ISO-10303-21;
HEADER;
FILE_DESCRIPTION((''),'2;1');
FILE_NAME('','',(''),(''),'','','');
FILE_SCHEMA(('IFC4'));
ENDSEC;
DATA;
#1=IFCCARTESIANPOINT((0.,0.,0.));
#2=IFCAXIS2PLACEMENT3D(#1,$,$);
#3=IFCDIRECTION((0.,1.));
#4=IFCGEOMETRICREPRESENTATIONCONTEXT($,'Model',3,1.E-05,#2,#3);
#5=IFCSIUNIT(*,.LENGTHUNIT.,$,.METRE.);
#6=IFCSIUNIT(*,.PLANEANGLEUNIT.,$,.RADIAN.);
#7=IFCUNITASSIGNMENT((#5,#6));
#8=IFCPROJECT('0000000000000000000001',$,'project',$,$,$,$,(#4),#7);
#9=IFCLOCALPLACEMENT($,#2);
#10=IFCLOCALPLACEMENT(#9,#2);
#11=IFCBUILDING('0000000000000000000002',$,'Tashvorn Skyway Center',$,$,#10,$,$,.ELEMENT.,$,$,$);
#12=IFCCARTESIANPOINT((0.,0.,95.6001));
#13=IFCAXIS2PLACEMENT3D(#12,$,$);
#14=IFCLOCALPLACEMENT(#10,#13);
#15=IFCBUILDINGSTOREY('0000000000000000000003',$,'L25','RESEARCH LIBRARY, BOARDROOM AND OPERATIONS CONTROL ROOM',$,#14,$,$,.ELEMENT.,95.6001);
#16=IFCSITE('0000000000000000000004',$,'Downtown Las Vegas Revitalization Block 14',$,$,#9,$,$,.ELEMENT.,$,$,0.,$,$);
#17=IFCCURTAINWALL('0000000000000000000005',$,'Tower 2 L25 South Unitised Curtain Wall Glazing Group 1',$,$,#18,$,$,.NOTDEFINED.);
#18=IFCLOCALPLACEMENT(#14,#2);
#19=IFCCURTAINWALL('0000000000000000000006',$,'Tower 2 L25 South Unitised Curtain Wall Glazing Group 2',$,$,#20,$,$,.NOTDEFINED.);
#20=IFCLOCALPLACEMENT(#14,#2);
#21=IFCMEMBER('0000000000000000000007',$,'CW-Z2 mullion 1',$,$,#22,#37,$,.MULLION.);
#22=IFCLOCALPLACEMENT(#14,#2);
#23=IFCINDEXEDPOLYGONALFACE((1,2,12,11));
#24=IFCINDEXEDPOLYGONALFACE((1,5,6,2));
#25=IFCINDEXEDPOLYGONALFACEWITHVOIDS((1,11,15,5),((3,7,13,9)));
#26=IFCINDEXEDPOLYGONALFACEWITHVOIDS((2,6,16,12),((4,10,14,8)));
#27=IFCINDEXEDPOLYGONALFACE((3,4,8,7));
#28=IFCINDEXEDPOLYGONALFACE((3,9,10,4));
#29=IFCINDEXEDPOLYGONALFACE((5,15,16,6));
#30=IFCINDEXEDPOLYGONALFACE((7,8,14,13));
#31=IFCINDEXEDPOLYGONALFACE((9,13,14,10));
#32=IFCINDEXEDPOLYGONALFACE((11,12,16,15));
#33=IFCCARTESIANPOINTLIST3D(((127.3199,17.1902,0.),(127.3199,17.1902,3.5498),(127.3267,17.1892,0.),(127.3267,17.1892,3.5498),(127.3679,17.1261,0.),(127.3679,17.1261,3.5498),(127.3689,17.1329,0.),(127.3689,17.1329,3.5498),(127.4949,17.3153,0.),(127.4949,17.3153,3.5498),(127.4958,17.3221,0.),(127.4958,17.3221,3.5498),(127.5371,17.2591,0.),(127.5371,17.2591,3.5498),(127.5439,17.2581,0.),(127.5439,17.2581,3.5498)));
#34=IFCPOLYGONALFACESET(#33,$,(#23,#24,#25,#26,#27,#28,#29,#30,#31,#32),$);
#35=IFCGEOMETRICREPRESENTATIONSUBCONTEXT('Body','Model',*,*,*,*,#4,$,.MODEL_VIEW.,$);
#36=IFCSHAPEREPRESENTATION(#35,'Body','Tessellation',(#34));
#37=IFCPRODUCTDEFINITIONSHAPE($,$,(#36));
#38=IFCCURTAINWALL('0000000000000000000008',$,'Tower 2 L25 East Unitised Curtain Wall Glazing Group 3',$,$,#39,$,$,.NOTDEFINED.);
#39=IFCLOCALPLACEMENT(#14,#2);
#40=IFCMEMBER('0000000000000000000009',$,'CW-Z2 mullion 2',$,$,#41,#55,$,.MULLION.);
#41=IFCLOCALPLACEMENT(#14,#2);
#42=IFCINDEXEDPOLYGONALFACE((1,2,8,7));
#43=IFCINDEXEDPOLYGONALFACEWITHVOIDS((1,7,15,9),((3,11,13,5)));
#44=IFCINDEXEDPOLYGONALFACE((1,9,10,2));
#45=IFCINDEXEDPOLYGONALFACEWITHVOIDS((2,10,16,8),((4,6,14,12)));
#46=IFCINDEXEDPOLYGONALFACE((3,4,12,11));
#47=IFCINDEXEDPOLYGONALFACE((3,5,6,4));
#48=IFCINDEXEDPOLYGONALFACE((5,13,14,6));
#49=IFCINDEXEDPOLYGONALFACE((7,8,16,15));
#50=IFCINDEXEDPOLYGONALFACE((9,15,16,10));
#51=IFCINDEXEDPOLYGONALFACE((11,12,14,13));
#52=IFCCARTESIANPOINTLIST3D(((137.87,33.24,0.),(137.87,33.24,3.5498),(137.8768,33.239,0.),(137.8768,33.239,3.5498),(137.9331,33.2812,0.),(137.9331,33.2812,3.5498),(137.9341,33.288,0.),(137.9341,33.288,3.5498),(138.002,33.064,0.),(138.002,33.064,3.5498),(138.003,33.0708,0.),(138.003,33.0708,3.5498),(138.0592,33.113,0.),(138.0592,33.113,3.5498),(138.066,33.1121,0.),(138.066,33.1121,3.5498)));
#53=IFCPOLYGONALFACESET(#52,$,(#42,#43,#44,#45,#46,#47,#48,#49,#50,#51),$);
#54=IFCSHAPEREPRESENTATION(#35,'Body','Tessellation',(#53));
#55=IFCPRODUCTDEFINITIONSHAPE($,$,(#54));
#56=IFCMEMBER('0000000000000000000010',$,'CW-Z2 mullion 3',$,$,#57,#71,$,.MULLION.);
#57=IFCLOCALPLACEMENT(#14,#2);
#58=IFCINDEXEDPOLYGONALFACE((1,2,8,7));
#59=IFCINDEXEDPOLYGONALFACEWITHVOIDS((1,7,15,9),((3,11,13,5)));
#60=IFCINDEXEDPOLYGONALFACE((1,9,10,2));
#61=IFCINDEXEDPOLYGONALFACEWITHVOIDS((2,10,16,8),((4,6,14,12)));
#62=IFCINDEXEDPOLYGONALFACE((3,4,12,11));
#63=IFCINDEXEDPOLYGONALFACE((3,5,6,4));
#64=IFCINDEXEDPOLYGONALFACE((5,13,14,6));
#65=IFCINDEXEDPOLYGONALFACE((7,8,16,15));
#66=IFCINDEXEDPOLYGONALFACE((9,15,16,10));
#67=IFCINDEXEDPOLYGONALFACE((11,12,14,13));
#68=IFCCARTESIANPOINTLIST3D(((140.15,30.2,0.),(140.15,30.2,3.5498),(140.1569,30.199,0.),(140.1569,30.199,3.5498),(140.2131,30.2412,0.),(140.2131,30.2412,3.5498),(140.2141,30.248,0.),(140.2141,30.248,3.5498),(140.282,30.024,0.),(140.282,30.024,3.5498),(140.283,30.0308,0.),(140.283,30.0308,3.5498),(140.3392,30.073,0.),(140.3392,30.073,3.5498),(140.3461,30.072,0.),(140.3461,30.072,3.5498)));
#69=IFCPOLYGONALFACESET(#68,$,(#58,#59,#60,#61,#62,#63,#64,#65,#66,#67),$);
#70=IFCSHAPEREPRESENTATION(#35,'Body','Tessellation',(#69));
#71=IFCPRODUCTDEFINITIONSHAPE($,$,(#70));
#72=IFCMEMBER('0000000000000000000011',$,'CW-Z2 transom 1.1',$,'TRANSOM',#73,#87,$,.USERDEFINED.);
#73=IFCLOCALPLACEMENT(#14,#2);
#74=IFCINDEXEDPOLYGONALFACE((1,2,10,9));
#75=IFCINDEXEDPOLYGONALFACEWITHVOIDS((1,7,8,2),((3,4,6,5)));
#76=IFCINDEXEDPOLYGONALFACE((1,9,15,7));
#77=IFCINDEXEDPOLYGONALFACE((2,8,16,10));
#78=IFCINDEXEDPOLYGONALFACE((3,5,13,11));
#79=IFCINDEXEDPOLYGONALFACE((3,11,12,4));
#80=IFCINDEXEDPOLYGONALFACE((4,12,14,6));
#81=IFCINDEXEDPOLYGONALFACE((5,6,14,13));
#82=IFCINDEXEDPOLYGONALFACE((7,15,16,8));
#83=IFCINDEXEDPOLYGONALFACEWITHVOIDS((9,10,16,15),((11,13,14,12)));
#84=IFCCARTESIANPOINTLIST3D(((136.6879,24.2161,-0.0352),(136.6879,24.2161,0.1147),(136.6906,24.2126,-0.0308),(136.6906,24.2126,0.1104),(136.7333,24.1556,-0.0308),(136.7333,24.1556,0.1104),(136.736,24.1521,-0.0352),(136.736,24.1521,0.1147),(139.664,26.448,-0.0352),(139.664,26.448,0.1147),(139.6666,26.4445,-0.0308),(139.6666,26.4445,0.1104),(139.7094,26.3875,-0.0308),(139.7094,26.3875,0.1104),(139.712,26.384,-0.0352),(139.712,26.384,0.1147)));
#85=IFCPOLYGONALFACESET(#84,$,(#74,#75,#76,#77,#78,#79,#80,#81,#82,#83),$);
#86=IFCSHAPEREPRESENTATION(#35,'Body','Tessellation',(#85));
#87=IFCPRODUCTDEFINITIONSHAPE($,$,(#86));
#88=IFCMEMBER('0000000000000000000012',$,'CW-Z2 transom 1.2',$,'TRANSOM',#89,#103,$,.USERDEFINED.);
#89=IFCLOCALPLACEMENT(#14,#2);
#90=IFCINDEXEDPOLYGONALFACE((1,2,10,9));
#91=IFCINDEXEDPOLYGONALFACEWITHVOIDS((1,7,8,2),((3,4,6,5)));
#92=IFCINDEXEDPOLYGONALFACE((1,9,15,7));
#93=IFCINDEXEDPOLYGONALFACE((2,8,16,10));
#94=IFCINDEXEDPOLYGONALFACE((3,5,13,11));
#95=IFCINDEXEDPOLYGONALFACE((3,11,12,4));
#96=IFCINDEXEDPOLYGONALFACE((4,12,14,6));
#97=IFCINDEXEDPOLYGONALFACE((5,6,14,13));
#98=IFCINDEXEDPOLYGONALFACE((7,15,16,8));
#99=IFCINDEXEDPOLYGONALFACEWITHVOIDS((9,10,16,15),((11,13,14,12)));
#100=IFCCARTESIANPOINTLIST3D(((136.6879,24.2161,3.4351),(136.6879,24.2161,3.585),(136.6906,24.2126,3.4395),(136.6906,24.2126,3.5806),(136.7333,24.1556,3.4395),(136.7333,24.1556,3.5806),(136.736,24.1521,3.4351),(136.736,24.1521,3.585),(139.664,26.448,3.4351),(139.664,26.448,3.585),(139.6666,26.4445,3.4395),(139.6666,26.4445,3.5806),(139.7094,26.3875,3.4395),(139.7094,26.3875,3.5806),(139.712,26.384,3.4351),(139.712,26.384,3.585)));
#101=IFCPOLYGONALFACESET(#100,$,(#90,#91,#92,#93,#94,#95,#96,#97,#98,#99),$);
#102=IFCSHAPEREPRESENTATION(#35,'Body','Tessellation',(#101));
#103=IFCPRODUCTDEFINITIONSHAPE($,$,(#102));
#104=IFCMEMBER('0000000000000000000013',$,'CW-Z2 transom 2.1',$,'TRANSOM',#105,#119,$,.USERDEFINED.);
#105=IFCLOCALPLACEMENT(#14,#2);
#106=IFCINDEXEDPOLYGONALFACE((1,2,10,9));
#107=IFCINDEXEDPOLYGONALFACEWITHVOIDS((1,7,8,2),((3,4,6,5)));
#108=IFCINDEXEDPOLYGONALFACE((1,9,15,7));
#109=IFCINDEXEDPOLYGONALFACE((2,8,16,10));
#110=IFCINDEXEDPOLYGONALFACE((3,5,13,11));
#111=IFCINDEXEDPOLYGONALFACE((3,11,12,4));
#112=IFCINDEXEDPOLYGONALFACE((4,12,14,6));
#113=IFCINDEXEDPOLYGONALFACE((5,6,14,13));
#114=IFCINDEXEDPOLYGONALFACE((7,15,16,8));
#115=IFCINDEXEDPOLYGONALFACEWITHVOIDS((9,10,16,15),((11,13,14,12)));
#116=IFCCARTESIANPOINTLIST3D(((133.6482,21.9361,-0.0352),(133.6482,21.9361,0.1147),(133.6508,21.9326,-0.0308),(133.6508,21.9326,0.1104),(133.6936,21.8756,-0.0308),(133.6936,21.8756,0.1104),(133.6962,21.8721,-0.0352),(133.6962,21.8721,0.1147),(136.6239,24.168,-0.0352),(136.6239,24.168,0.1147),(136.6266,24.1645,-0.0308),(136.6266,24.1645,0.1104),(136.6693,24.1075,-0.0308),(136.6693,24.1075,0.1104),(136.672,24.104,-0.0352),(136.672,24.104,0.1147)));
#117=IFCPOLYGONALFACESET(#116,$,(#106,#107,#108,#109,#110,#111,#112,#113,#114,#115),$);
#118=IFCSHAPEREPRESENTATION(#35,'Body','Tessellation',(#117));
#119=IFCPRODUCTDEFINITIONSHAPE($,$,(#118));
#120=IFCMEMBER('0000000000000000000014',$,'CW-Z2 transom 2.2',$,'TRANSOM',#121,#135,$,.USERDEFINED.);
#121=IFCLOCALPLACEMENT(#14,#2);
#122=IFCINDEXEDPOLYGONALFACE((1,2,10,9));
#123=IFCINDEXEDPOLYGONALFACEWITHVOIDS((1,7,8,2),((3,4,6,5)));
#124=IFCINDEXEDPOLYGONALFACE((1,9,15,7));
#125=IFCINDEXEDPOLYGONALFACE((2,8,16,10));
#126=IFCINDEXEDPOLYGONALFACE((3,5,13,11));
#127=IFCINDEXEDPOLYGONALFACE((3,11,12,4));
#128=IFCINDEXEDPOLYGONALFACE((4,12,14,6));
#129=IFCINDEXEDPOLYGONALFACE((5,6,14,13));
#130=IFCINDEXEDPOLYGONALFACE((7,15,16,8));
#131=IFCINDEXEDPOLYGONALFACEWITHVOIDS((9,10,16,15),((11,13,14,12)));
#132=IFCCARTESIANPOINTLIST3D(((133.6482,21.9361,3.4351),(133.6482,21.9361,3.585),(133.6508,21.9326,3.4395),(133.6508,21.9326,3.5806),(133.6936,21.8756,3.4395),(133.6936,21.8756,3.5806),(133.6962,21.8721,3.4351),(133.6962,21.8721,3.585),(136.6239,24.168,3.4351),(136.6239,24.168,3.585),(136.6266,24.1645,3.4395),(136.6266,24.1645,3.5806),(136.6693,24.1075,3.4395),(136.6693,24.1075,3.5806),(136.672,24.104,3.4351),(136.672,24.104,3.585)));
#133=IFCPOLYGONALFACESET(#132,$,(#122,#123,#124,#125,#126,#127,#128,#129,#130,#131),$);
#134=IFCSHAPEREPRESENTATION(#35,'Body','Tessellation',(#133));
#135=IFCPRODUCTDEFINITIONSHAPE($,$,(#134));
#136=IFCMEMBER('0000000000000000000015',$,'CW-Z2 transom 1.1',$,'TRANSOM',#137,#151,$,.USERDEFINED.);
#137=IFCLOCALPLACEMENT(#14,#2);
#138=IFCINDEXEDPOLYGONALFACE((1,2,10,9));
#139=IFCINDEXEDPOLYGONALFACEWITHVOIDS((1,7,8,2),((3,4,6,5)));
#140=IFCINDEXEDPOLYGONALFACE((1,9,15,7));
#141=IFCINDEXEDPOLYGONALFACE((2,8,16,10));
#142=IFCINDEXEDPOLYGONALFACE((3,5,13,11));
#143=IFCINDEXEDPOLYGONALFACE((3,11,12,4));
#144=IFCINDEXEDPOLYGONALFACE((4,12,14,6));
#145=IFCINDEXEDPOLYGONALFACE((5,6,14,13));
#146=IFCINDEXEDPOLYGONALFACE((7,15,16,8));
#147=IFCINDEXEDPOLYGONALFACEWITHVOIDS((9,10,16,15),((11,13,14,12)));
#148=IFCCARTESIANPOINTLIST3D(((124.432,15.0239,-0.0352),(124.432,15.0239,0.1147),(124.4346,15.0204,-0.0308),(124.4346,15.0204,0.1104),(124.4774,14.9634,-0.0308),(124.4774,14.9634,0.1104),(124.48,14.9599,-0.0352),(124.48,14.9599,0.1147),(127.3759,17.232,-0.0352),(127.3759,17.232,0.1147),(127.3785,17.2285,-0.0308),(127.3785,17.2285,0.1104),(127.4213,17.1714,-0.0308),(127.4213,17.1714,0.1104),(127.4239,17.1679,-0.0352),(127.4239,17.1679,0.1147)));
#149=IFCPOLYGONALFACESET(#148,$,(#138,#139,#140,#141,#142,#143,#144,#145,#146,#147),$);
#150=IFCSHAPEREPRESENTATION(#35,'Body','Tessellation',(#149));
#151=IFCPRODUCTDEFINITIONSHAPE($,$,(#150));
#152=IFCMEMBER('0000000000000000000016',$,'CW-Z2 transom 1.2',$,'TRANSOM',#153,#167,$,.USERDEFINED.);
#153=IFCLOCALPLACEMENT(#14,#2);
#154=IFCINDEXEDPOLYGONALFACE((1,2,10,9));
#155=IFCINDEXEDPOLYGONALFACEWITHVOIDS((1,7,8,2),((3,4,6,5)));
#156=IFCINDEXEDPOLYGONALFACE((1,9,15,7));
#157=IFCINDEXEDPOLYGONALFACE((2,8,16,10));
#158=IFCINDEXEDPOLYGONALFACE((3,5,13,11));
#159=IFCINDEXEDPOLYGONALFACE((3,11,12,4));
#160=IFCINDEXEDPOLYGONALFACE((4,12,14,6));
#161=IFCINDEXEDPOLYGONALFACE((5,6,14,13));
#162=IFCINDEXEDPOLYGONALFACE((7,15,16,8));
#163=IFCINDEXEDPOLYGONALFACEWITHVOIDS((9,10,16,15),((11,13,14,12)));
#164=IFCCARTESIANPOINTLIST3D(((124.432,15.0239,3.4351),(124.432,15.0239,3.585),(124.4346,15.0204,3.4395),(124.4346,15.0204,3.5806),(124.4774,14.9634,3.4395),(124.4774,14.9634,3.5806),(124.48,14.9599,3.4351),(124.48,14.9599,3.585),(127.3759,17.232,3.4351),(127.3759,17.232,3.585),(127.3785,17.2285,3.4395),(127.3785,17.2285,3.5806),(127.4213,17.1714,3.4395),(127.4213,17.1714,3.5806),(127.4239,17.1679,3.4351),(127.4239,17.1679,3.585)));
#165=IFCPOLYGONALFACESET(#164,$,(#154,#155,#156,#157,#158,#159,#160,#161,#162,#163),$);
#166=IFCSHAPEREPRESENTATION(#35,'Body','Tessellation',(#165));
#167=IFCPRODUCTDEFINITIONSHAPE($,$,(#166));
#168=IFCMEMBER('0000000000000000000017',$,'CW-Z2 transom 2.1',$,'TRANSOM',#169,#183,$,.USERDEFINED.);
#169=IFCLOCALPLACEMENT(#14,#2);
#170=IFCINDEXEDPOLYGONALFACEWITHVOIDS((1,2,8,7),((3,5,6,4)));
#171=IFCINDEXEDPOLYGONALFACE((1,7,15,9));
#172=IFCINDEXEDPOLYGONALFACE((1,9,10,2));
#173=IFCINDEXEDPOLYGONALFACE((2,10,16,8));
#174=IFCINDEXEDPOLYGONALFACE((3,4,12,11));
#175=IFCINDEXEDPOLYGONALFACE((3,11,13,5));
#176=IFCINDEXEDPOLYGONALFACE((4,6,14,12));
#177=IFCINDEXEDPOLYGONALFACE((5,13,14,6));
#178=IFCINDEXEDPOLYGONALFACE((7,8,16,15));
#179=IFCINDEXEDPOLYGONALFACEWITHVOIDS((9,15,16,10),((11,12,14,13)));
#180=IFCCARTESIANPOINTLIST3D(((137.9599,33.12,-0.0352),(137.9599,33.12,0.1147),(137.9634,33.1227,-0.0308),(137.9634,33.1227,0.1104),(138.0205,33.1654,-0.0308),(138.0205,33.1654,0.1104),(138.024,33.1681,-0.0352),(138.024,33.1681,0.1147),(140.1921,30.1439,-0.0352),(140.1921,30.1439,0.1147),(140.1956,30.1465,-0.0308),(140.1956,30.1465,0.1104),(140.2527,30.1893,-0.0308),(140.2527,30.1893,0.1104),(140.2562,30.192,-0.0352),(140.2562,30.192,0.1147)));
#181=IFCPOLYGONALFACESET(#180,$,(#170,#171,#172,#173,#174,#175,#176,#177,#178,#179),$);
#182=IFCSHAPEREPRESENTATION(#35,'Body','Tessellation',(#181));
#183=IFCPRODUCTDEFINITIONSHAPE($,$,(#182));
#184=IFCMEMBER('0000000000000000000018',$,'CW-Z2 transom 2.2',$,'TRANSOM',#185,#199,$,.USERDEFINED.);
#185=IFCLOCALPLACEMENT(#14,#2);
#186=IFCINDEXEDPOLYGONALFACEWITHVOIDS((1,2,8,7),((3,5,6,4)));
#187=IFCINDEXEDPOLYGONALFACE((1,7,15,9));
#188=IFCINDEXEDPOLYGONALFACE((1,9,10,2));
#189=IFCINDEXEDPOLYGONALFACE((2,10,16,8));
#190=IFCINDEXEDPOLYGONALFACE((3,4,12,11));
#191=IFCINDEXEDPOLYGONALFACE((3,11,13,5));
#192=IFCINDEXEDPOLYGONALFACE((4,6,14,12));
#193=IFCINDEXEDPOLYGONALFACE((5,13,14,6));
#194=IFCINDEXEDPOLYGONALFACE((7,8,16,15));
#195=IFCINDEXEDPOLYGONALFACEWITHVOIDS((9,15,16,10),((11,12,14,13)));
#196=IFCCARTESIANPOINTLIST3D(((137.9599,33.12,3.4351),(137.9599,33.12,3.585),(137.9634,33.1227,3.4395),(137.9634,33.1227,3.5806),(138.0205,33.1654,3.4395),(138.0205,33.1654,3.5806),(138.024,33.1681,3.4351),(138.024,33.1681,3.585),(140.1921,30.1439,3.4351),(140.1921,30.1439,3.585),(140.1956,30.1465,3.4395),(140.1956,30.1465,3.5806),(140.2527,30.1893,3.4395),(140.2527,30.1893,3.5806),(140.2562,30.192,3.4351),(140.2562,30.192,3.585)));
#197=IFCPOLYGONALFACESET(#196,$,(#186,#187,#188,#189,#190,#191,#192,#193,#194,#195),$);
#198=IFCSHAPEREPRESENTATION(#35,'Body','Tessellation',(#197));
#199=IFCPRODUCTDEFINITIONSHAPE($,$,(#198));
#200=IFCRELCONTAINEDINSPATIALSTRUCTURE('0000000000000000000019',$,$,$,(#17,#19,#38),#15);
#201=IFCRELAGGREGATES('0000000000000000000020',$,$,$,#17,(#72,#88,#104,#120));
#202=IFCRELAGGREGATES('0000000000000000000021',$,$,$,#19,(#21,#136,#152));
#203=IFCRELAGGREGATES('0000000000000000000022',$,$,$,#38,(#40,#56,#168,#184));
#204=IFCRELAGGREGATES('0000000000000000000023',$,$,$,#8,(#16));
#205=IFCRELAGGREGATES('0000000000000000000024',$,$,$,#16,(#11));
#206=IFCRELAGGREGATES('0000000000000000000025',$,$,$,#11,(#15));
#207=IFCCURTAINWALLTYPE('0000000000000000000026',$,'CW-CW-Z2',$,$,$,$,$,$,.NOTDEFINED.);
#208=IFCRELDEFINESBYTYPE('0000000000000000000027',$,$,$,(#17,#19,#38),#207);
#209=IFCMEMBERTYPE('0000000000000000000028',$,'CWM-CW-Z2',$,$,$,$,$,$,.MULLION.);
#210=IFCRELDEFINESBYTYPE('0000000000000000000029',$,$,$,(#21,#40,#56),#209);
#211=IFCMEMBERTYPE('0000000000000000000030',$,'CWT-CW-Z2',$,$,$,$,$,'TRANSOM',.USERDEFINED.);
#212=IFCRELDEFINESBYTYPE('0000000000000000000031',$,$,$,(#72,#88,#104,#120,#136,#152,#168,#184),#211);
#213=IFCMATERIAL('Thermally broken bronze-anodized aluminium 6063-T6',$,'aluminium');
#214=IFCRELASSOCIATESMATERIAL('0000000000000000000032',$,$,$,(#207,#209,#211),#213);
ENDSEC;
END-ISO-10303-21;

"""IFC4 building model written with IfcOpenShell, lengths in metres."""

from ifc_helpers import new_model, si_unit, direction, frame, origin, origin_2d, place, context, subcontext, project, spatial, hollow_rectangle, extrude, material, material_profile, profile_set, type_object, element, aggregate, save


model = new_model("IFC4")

# Units and contexts
model_context = context("Model", 3, precision=1e-05, world=origin(), true_north=direction((0.0, 1.0)))
body_context = subcontext(model_context, "Body", "Model", "MODEL_VIEW")
ifc_project = project(units=[si_unit("LENGTHUNIT", "METRE"), si_unit("PLANEANGLEUNIT", "RADIAN")], contexts=[model_context])

# Site, building, storey
site_placement = place(None, origin())
site = spatial("IfcSite", under=ifc_project, at=site_placement, Name="Downtown Las Vegas Revitalization Block 14", CompositionType="ELEMENT", RefElevation=0.0)
building_placement = place(site_placement, origin())
building = spatial("IfcBuilding", under=site, at=building_placement, Name="Tashvorn Skyway Center", CompositionType="ELEMENT")
storey_placement = place(building_placement, frame((0.0, 0.0, 95.6001)))
storey = spatial("IfcBuildingStorey", under=building, at=storey_placement, Name="L25", Description="RESEARCH LIBRARY, BOARDROOM AND OPERATIONS CONTROL ROOM", CompositionType="ELEMENT", Elevation=95.6001)

# Curtain wall
ifc_material_1 = material(Name="Thermally broken bronze-anodized aluminium 6063-T6", Category="aluminium")
curtain_wall_type = type_object("IfcCurtainWallType", Name="CW-CW-Z2", PredefinedType="NOTDEFINED", material=ifc_material_1)
curtain_wall_1_placement = place(storey_placement, origin())
curtain_wall_1 = element("IfcCurtainWall", 1, at=curtain_wall_1_placement, inside=storey, type_object=curtain_wall_type, Name="Tower 2 L25 South Unitised Curtain Wall Glazing Group 1", PredefinedType="NOTDEFINED")
ifc_material_profile_1 = material_profile(ifc_material_1, hollow_rectangle(XDim=0.0801, YDim=0.22, WallThickness=0.0049, at=origin_2d()), Name="ALU-MULL-80x220")
ifc_profile_set_1 = profile_set([ifc_material_profile_1], Name="Thermally broken bronze-anodized aluminium 6063-T6")
member_type_1 = type_object("IfcMemberType", Name="CWM-CW-Z2", PredefinedType="MULLION", material=ifc_profile_set_1)

# Curtain wall, member
curtain_wall_2_placement = place(storey_placement, origin())
curtain_wall_2 = element("IfcCurtainWall", 2, at=curtain_wall_2_placement, inside=storey, type_object=curtain_wall_type, Name="Tower 2 L25 South Unitised Curtain Wall Glazing Group 2", PredefinedType="NOTDEFINED")
member_1_placement = place(storey_placement, frame((127.4319, 17.2241, 0.0), z_axis=(0.0, 0.0, 1.0), x_axis=(0.6, -0.8, 0.0)))
member_1 = element("IfcMember", 3, at=member_1_placement, type_object=member_type_1, Name="CW-Z2 mullion 1", PredefinedType="MULLION", context=body_context, shape_type="SweptSolid", body=[
    extrude(hollow_rectangle(XDim=0.0801, YDim=0.22, WallThickness=0.0049, at=origin_2d()), origin(), (0.0, 0.0, 1.0), 3.5498),
])

# Curtain wall, members
curtain_wall_3_placement = place(storey_placement, origin())
curtain_wall_3 = element("IfcCurtainWall", 4, at=curtain_wall_3_placement, inside=storey, type_object=curtain_wall_type, Name="Tower 2 L25 East Unitised Curtain Wall Glazing Group 3", PredefinedType="NOTDEFINED")
member_2_placement = place(storey_placement, frame((137.968, 33.176, 0.0), z_axis=(0.0, 0.0, 1.0), x_axis=(0.8, 0.6, 0.0)))
member_2 = element("IfcMember", 5, at=member_2_placement, type_object=member_type_1, Name="CW-Z2 mullion 2", PredefinedType="MULLION", context=body_context, shape_type="SweptSolid", body=[
    extrude(hollow_rectangle(XDim=0.0801, YDim=0.22, WallThickness=0.0049, at=origin_2d()), origin(), (0.0, 0.0, 1.0), 3.5498),
])
member_3_placement = place(storey_placement, frame((140.248, 30.136, 0.0), z_axis=(0.0, 0.0, 1.0), x_axis=(0.8, 0.6, 0.0)))
member_3 = element("IfcMember", 6, at=member_3_placement, type_object=member_type_1, Name="CW-Z2 mullion 3", PredefinedType="MULLION", context=body_context, shape_type="SweptSolid", body=[
    extrude(hollow_rectangle(XDim=0.0801, YDim=0.22, WallThickness=0.0049, at=origin_2d()), origin(), (0.0, 0.0, 1.0), 3.5498),
])

# Members
ifc_material_profile_2 = material_profile(ifc_material_1, hollow_rectangle(XDim=0.0801, YDim=0.1499, WallThickness=0.0044, at=origin_2d()), Name="ALU-TRAN-80x150")
ifc_profile_set_2 = profile_set([ifc_material_profile_2], Name="Thermally broken bronze-anodized aluminium 6063-T6")
member_type_2 = type_object("IfcMemberType", Name="CWT-CW-Z2", ElementType="TRANSOM", PredefinedType="USERDEFINED", material=ifc_profile_set_2)
member_4_placement = place(storey_placement, frame((139.688, 26.416, 0.0398), z_axis=(-0.800016, -0.599979, 0.0), x_axis=(0.599979, -0.800016, 0.0)))
member_4 = element("IfcMember", 7, at=member_4_placement, type_object=member_type_2, Name="CW-Z2 transom 1.1", ObjectType="TRANSOM", PredefinedType="USERDEFINED", context=body_context, shape_type="SweptSolid", body=[
    extrude(hollow_rectangle(XDim=0.0801, YDim=0.1499, WallThickness=0.0044, at=origin_2d()), origin(), (0.0, 0.0, 1.0), 3.72),
])
member_5_placement = place(storey_placement, frame((139.688, 26.416, 3.51), z_axis=(-0.800016, -0.599979, 0.0), x_axis=(0.599979, -0.800016, 0.0)))
member_5 = element("IfcMember", 8, at=member_5_placement, type_object=member_type_2, Name="CW-Z2 transom 1.2", ObjectType="TRANSOM", PredefinedType="USERDEFINED", context=body_context, shape_type="SweptSolid", body=[
    extrude(hollow_rectangle(XDim=0.0801, YDim=0.1499, WallThickness=0.0044, at=origin_2d()), origin(), (0.0, 0.0, 1.0), 3.72),
])
member_6_placement = place(storey_placement, frame((136.6479, 24.136, 0.0398), z_axis=(-0.799992, -0.600011, 0.0), x_axis=(0.600011, -0.799992, 0.0)))
member_6 = element("IfcMember", 9, at=member_6_placement, type_object=member_type_2, Name="CW-Z2 transom 2.1", ObjectType="TRANSOM", PredefinedType="USERDEFINED", context=body_context, shape_type="SweptSolid", body=[
    extrude(hollow_rectangle(XDim=0.0801, YDim=0.1499, WallThickness=0.0044, at=origin_2d()), origin(), (0.0, 0.0, 1.0), 3.7197),
])
member_7_placement = place(storey_placement, frame((136.6479, 24.136, 3.51), z_axis=(-0.799992, -0.600011, 0.0), x_axis=(0.600011, -0.799992, 0.0)))
member_7 = element("IfcMember", 10, at=member_7_placement, type_object=member_type_2, Name="CW-Z2 transom 2.2", ObjectType="TRANSOM", PredefinedType="USERDEFINED", context=body_context, shape_type="SweptSolid", body=[
    extrude(hollow_rectangle(XDim=0.0801, YDim=0.1499, WallThickness=0.0044, at=origin_2d()), origin(), (0.0, 0.0, 1.0), 3.7197),
])
member_8_placement = place(storey_placement, frame((127.3999, 17.2, 0.0398), z_axis=(-0.799984, -0.600021, 0.0), x_axis=(0.600021, -0.799984, 0.0)))
member_8 = element("IfcMember", 11, at=member_8_placement, type_object=member_type_2, Name="CW-Z2 transom 1.1", ObjectType="TRANSOM", PredefinedType="USERDEFINED", context=body_context, shape_type="SweptSolid", body=[
    extrude(hollow_rectangle(XDim=0.0801, YDim=0.1499, WallThickness=0.0044, at=origin_2d()), origin(), (0.0, 0.0, 1.0), 3.6799),
])
member_9_placement = place(storey_placement, frame((127.3999, 17.2, 3.51), z_axis=(-0.799984, -0.600021, 0.0), x_axis=(0.600021, -0.799984, 0.0)))
member_9 = element("IfcMember", 12, at=member_9_placement, type_object=member_type_2, Name="CW-Z2 transom 1.2", ObjectType="TRANSOM", PredefinedType="USERDEFINED", context=body_context, shape_type="SweptSolid", body=[
    extrude(hollow_rectangle(XDim=0.0801, YDim=0.1499, WallThickness=0.0044, at=origin_2d()), origin(), (0.0, 0.0, 1.0), 3.6799),
])
member_10_placement = place(storey_placement, frame((137.9919, 33.144, 0.0398), z_axis=(0.600021, -0.799984, 0.0), x_axis=(0.799984, 0.600021, 0.0)))
member_10 = element("IfcMember", 13, at=member_10_placement, type_object=member_type_2, Name="CW-Z2 transom 2.1", ObjectType="TRANSOM", PredefinedType="USERDEFINED", context=body_context, shape_type="SweptSolid", body=[
    extrude(hollow_rectangle(XDim=0.0801, YDim=0.1499, WallThickness=0.0044, at=origin_2d()), origin(), (0.0, 0.0, 1.0), 3.7202),
])
member_11_placement = place(storey_placement, frame((137.9919, 33.144, 3.51), z_axis=(0.600021, -0.799984, 0.0), x_axis=(0.799984, 0.600021, 0.0)))
member_11 = element("IfcMember", 14, at=member_11_placement, type_object=member_type_2, Name="CW-Z2 transom 2.2", ObjectType="TRANSOM", PredefinedType="USERDEFINED", context=body_context, shape_type="SweptSolid", body=[
    extrude(hollow_rectangle(XDim=0.0801, YDim=0.1499, WallThickness=0.0044, at=origin_2d()), origin(), (0.0, 0.0, 1.0), 3.7202),
])

aggregate(curtain_wall_1, [member_4, member_5, member_6, member_7])
aggregate(curtain_wall_2, [member_1, member_8, member_9])
aggregate(curtain_wall_3, [member_2, member_3, member_10, member_11])

save(model, "model.ifc")
